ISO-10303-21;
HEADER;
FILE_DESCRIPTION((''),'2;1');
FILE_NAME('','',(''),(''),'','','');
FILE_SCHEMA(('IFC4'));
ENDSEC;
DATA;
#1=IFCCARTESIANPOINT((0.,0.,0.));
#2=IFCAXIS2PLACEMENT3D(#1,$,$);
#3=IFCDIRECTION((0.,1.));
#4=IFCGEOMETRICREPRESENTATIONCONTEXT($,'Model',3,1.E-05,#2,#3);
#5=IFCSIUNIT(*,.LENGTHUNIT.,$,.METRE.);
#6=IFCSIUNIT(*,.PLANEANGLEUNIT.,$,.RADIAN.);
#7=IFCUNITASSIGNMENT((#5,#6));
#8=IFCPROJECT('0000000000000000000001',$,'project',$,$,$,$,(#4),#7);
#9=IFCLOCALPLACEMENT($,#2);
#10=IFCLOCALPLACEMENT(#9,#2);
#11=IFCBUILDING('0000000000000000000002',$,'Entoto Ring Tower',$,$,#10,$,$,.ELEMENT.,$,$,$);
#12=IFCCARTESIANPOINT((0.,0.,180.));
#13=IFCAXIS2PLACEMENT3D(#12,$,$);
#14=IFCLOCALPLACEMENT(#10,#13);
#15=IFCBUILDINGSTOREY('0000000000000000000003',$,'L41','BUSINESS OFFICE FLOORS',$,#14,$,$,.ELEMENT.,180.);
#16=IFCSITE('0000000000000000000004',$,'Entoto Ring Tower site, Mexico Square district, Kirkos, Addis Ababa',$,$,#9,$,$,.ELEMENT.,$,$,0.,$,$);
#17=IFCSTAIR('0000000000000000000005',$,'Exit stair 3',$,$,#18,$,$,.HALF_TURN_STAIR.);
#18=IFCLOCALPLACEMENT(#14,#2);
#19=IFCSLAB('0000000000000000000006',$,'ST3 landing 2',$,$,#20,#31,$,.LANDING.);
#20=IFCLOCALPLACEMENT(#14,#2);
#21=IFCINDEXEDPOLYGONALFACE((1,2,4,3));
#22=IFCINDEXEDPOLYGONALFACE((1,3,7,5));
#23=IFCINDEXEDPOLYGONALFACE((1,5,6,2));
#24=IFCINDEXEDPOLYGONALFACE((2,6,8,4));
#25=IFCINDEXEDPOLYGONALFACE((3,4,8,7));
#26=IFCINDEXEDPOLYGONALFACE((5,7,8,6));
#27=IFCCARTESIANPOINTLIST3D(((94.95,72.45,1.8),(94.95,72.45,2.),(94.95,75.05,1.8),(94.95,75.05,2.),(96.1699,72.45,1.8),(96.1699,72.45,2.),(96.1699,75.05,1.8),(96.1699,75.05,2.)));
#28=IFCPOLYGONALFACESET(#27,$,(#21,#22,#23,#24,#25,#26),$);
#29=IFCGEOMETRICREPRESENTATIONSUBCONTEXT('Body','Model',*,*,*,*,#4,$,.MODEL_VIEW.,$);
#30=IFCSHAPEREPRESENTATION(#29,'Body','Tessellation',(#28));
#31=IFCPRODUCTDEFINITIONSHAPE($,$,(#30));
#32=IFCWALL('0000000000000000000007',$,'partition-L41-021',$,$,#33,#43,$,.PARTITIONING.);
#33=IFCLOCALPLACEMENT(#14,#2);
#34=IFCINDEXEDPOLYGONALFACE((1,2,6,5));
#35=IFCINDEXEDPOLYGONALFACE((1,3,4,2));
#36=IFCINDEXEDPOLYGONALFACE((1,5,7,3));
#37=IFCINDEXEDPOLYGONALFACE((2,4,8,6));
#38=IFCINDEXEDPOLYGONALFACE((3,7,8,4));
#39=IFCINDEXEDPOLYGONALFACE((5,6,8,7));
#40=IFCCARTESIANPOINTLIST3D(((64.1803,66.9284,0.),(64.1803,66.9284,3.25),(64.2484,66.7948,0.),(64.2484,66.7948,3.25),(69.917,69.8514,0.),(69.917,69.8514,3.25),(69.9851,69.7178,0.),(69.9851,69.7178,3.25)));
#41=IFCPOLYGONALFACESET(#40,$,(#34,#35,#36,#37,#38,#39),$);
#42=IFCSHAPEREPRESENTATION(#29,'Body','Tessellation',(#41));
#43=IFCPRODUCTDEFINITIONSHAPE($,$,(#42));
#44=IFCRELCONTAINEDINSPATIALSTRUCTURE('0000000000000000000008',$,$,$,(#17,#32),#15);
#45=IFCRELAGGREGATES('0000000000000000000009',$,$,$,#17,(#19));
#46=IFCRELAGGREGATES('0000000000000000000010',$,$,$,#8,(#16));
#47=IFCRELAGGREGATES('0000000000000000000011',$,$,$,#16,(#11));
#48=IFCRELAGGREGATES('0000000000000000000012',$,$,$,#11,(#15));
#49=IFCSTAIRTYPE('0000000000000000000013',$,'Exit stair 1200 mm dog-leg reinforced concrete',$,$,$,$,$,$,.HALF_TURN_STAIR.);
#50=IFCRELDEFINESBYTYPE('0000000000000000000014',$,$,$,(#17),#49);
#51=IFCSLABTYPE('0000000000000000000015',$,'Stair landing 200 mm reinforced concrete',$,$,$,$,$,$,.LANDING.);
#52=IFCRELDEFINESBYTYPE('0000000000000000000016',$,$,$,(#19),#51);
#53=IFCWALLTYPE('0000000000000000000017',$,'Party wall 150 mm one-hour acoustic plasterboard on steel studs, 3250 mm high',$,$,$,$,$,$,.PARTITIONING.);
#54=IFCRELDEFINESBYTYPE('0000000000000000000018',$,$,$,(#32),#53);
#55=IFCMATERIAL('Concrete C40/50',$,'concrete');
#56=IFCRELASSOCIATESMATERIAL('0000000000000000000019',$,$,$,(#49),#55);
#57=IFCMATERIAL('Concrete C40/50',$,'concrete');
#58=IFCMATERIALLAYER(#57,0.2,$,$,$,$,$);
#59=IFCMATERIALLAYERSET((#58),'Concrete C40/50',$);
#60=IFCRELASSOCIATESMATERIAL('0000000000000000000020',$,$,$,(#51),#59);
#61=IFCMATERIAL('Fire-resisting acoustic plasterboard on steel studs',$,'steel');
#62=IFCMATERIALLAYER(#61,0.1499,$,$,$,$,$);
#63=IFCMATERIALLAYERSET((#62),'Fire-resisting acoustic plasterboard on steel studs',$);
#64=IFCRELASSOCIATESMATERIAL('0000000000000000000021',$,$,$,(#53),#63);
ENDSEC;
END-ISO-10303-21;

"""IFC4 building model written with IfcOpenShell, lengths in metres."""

from ifc_helpers import new_model, si_unit, direction, frame, frame_2d, origin, place, context, subcontext, project, spatial, polyline, rectangle, outline, extrude, material, layer, layer_set, type_object, element, aggregate, save


model = new_model("IFC4")

# Units and contexts
model_context = context("Model", 3, precision=1e-05, world=origin(), true_north=direction((0.0, 1.0)))
body_context = subcontext(model_context, "Body", "Model", "MODEL_VIEW")
ifc_project = project(units=[si_unit("LENGTHUNIT", "METRE"), si_unit("PLANEANGLEUNIT", "RADIAN")], contexts=[model_context])

# Site, building, storey
site_placement = place(None, origin())
site = spatial("IfcSite", under=ifc_project, at=site_placement, Name="Entoto Ring Tower site, Mexico Square district, Kirkos, Addis Ababa", CompositionType="ELEMENT", RefElevation=0.0)
building_placement = place(site_placement, origin())
building = spatial("IfcBuilding", under=site, at=building_placement, Name="Entoto Ring Tower", CompositionType="ELEMENT")
storey_placement = place(building_placement, frame((0.0, 0.0, 180.0)))
storey = spatial("IfcBuildingStorey", under=building, at=storey_placement, Name="L41", Description="BUSINESS OFFICE FLOORS", CompositionType="ELEMENT", Elevation=180.0)

# Stair, slab
ifc_material_1 = material(Name="Concrete C40/50", Category="concrete")
stair_type = type_object("IfcStairType", Name="Exit stair 1200 mm dog-leg reinforced concrete", PredefinedType="HALF_TURN_STAIR", material=ifc_material_1)
ifc_material_2 = material(Name="Concrete C40/50", Category="concrete")
ifc_layer_1 = layer(ifc_material_2, 0.2)
ifc_layer_set_1 = layer_set([ifc_layer_1], Name="Concrete C40/50")
slab_type_1 = type_object("IfcSlabType", Name="Stair landing 200 mm reinforced concrete", PredefinedType="LANDING", material=ifc_layer_set_1)
stair_1_placement = place(storey_placement, origin())
stair_1 = element("IfcStair", 1, at=stair_1_placement, inside=storey, type_object=stair_type, Name="Exit stair 3", PredefinedType="HALF_TURN_STAIR")
slab_1_placement = place(storey_placement, frame((0.0, 0.0, 1.8)))
slab_1 = element("IfcSlab", 2, at=slab_1_placement, type_object=slab_type_1, Name="ST3 landing 2", PredefinedType="LANDING", context=body_context, shape_type="SweptSolid", body=[
    extrude(outline(polyline([(94.95, 72.45), (96.1699, 72.45), (96.1699, 75.05), (94.95, 75.05), (94.95, 72.45)])), origin(), (0.0, 0.0, 1.0), 0.2),
])
aggregate(stair_1, [slab_1])

# Wall
ifc_material_3 = material(Name="Fire-resisting acoustic plasterboard on steel studs", Category="steel")
ifc_layer_2 = layer(ifc_material_3, 0.1499)
ifc_layer_set_2 = layer_set([ifc_layer_2], Name="Fire-resisting acoustic plasterboard on steel studs")
wall_type = type_object("IfcWallType", Name="Party wall 150 mm one-hour acoustic plasterboard on steel studs, 3250 mm high", PredefinedType="PARTITIONING", material=ifc_layer_set_2)
wall_placement = place(storey_placement, frame((64.2144, 66.8616, 0.0), z_axis=(0.0, 0.0, 1.0), x_axis=(0.891004, 0.453996, 0.0)))
element("IfcWall", 3, at=wall_placement, inside=storey, type_object=wall_type, Name="partition-L41-021", PredefinedType="PARTITIONING", context=body_context, shape_type="SweptSolid", body=[
    extrude(rectangle(XDim=6.4385, YDim=0.1499, at=frame_2d((3.2192, 0.0))), origin(), (0.0, 0.0, 1.0), 3.25),
])

save(model, "model.ifc")
